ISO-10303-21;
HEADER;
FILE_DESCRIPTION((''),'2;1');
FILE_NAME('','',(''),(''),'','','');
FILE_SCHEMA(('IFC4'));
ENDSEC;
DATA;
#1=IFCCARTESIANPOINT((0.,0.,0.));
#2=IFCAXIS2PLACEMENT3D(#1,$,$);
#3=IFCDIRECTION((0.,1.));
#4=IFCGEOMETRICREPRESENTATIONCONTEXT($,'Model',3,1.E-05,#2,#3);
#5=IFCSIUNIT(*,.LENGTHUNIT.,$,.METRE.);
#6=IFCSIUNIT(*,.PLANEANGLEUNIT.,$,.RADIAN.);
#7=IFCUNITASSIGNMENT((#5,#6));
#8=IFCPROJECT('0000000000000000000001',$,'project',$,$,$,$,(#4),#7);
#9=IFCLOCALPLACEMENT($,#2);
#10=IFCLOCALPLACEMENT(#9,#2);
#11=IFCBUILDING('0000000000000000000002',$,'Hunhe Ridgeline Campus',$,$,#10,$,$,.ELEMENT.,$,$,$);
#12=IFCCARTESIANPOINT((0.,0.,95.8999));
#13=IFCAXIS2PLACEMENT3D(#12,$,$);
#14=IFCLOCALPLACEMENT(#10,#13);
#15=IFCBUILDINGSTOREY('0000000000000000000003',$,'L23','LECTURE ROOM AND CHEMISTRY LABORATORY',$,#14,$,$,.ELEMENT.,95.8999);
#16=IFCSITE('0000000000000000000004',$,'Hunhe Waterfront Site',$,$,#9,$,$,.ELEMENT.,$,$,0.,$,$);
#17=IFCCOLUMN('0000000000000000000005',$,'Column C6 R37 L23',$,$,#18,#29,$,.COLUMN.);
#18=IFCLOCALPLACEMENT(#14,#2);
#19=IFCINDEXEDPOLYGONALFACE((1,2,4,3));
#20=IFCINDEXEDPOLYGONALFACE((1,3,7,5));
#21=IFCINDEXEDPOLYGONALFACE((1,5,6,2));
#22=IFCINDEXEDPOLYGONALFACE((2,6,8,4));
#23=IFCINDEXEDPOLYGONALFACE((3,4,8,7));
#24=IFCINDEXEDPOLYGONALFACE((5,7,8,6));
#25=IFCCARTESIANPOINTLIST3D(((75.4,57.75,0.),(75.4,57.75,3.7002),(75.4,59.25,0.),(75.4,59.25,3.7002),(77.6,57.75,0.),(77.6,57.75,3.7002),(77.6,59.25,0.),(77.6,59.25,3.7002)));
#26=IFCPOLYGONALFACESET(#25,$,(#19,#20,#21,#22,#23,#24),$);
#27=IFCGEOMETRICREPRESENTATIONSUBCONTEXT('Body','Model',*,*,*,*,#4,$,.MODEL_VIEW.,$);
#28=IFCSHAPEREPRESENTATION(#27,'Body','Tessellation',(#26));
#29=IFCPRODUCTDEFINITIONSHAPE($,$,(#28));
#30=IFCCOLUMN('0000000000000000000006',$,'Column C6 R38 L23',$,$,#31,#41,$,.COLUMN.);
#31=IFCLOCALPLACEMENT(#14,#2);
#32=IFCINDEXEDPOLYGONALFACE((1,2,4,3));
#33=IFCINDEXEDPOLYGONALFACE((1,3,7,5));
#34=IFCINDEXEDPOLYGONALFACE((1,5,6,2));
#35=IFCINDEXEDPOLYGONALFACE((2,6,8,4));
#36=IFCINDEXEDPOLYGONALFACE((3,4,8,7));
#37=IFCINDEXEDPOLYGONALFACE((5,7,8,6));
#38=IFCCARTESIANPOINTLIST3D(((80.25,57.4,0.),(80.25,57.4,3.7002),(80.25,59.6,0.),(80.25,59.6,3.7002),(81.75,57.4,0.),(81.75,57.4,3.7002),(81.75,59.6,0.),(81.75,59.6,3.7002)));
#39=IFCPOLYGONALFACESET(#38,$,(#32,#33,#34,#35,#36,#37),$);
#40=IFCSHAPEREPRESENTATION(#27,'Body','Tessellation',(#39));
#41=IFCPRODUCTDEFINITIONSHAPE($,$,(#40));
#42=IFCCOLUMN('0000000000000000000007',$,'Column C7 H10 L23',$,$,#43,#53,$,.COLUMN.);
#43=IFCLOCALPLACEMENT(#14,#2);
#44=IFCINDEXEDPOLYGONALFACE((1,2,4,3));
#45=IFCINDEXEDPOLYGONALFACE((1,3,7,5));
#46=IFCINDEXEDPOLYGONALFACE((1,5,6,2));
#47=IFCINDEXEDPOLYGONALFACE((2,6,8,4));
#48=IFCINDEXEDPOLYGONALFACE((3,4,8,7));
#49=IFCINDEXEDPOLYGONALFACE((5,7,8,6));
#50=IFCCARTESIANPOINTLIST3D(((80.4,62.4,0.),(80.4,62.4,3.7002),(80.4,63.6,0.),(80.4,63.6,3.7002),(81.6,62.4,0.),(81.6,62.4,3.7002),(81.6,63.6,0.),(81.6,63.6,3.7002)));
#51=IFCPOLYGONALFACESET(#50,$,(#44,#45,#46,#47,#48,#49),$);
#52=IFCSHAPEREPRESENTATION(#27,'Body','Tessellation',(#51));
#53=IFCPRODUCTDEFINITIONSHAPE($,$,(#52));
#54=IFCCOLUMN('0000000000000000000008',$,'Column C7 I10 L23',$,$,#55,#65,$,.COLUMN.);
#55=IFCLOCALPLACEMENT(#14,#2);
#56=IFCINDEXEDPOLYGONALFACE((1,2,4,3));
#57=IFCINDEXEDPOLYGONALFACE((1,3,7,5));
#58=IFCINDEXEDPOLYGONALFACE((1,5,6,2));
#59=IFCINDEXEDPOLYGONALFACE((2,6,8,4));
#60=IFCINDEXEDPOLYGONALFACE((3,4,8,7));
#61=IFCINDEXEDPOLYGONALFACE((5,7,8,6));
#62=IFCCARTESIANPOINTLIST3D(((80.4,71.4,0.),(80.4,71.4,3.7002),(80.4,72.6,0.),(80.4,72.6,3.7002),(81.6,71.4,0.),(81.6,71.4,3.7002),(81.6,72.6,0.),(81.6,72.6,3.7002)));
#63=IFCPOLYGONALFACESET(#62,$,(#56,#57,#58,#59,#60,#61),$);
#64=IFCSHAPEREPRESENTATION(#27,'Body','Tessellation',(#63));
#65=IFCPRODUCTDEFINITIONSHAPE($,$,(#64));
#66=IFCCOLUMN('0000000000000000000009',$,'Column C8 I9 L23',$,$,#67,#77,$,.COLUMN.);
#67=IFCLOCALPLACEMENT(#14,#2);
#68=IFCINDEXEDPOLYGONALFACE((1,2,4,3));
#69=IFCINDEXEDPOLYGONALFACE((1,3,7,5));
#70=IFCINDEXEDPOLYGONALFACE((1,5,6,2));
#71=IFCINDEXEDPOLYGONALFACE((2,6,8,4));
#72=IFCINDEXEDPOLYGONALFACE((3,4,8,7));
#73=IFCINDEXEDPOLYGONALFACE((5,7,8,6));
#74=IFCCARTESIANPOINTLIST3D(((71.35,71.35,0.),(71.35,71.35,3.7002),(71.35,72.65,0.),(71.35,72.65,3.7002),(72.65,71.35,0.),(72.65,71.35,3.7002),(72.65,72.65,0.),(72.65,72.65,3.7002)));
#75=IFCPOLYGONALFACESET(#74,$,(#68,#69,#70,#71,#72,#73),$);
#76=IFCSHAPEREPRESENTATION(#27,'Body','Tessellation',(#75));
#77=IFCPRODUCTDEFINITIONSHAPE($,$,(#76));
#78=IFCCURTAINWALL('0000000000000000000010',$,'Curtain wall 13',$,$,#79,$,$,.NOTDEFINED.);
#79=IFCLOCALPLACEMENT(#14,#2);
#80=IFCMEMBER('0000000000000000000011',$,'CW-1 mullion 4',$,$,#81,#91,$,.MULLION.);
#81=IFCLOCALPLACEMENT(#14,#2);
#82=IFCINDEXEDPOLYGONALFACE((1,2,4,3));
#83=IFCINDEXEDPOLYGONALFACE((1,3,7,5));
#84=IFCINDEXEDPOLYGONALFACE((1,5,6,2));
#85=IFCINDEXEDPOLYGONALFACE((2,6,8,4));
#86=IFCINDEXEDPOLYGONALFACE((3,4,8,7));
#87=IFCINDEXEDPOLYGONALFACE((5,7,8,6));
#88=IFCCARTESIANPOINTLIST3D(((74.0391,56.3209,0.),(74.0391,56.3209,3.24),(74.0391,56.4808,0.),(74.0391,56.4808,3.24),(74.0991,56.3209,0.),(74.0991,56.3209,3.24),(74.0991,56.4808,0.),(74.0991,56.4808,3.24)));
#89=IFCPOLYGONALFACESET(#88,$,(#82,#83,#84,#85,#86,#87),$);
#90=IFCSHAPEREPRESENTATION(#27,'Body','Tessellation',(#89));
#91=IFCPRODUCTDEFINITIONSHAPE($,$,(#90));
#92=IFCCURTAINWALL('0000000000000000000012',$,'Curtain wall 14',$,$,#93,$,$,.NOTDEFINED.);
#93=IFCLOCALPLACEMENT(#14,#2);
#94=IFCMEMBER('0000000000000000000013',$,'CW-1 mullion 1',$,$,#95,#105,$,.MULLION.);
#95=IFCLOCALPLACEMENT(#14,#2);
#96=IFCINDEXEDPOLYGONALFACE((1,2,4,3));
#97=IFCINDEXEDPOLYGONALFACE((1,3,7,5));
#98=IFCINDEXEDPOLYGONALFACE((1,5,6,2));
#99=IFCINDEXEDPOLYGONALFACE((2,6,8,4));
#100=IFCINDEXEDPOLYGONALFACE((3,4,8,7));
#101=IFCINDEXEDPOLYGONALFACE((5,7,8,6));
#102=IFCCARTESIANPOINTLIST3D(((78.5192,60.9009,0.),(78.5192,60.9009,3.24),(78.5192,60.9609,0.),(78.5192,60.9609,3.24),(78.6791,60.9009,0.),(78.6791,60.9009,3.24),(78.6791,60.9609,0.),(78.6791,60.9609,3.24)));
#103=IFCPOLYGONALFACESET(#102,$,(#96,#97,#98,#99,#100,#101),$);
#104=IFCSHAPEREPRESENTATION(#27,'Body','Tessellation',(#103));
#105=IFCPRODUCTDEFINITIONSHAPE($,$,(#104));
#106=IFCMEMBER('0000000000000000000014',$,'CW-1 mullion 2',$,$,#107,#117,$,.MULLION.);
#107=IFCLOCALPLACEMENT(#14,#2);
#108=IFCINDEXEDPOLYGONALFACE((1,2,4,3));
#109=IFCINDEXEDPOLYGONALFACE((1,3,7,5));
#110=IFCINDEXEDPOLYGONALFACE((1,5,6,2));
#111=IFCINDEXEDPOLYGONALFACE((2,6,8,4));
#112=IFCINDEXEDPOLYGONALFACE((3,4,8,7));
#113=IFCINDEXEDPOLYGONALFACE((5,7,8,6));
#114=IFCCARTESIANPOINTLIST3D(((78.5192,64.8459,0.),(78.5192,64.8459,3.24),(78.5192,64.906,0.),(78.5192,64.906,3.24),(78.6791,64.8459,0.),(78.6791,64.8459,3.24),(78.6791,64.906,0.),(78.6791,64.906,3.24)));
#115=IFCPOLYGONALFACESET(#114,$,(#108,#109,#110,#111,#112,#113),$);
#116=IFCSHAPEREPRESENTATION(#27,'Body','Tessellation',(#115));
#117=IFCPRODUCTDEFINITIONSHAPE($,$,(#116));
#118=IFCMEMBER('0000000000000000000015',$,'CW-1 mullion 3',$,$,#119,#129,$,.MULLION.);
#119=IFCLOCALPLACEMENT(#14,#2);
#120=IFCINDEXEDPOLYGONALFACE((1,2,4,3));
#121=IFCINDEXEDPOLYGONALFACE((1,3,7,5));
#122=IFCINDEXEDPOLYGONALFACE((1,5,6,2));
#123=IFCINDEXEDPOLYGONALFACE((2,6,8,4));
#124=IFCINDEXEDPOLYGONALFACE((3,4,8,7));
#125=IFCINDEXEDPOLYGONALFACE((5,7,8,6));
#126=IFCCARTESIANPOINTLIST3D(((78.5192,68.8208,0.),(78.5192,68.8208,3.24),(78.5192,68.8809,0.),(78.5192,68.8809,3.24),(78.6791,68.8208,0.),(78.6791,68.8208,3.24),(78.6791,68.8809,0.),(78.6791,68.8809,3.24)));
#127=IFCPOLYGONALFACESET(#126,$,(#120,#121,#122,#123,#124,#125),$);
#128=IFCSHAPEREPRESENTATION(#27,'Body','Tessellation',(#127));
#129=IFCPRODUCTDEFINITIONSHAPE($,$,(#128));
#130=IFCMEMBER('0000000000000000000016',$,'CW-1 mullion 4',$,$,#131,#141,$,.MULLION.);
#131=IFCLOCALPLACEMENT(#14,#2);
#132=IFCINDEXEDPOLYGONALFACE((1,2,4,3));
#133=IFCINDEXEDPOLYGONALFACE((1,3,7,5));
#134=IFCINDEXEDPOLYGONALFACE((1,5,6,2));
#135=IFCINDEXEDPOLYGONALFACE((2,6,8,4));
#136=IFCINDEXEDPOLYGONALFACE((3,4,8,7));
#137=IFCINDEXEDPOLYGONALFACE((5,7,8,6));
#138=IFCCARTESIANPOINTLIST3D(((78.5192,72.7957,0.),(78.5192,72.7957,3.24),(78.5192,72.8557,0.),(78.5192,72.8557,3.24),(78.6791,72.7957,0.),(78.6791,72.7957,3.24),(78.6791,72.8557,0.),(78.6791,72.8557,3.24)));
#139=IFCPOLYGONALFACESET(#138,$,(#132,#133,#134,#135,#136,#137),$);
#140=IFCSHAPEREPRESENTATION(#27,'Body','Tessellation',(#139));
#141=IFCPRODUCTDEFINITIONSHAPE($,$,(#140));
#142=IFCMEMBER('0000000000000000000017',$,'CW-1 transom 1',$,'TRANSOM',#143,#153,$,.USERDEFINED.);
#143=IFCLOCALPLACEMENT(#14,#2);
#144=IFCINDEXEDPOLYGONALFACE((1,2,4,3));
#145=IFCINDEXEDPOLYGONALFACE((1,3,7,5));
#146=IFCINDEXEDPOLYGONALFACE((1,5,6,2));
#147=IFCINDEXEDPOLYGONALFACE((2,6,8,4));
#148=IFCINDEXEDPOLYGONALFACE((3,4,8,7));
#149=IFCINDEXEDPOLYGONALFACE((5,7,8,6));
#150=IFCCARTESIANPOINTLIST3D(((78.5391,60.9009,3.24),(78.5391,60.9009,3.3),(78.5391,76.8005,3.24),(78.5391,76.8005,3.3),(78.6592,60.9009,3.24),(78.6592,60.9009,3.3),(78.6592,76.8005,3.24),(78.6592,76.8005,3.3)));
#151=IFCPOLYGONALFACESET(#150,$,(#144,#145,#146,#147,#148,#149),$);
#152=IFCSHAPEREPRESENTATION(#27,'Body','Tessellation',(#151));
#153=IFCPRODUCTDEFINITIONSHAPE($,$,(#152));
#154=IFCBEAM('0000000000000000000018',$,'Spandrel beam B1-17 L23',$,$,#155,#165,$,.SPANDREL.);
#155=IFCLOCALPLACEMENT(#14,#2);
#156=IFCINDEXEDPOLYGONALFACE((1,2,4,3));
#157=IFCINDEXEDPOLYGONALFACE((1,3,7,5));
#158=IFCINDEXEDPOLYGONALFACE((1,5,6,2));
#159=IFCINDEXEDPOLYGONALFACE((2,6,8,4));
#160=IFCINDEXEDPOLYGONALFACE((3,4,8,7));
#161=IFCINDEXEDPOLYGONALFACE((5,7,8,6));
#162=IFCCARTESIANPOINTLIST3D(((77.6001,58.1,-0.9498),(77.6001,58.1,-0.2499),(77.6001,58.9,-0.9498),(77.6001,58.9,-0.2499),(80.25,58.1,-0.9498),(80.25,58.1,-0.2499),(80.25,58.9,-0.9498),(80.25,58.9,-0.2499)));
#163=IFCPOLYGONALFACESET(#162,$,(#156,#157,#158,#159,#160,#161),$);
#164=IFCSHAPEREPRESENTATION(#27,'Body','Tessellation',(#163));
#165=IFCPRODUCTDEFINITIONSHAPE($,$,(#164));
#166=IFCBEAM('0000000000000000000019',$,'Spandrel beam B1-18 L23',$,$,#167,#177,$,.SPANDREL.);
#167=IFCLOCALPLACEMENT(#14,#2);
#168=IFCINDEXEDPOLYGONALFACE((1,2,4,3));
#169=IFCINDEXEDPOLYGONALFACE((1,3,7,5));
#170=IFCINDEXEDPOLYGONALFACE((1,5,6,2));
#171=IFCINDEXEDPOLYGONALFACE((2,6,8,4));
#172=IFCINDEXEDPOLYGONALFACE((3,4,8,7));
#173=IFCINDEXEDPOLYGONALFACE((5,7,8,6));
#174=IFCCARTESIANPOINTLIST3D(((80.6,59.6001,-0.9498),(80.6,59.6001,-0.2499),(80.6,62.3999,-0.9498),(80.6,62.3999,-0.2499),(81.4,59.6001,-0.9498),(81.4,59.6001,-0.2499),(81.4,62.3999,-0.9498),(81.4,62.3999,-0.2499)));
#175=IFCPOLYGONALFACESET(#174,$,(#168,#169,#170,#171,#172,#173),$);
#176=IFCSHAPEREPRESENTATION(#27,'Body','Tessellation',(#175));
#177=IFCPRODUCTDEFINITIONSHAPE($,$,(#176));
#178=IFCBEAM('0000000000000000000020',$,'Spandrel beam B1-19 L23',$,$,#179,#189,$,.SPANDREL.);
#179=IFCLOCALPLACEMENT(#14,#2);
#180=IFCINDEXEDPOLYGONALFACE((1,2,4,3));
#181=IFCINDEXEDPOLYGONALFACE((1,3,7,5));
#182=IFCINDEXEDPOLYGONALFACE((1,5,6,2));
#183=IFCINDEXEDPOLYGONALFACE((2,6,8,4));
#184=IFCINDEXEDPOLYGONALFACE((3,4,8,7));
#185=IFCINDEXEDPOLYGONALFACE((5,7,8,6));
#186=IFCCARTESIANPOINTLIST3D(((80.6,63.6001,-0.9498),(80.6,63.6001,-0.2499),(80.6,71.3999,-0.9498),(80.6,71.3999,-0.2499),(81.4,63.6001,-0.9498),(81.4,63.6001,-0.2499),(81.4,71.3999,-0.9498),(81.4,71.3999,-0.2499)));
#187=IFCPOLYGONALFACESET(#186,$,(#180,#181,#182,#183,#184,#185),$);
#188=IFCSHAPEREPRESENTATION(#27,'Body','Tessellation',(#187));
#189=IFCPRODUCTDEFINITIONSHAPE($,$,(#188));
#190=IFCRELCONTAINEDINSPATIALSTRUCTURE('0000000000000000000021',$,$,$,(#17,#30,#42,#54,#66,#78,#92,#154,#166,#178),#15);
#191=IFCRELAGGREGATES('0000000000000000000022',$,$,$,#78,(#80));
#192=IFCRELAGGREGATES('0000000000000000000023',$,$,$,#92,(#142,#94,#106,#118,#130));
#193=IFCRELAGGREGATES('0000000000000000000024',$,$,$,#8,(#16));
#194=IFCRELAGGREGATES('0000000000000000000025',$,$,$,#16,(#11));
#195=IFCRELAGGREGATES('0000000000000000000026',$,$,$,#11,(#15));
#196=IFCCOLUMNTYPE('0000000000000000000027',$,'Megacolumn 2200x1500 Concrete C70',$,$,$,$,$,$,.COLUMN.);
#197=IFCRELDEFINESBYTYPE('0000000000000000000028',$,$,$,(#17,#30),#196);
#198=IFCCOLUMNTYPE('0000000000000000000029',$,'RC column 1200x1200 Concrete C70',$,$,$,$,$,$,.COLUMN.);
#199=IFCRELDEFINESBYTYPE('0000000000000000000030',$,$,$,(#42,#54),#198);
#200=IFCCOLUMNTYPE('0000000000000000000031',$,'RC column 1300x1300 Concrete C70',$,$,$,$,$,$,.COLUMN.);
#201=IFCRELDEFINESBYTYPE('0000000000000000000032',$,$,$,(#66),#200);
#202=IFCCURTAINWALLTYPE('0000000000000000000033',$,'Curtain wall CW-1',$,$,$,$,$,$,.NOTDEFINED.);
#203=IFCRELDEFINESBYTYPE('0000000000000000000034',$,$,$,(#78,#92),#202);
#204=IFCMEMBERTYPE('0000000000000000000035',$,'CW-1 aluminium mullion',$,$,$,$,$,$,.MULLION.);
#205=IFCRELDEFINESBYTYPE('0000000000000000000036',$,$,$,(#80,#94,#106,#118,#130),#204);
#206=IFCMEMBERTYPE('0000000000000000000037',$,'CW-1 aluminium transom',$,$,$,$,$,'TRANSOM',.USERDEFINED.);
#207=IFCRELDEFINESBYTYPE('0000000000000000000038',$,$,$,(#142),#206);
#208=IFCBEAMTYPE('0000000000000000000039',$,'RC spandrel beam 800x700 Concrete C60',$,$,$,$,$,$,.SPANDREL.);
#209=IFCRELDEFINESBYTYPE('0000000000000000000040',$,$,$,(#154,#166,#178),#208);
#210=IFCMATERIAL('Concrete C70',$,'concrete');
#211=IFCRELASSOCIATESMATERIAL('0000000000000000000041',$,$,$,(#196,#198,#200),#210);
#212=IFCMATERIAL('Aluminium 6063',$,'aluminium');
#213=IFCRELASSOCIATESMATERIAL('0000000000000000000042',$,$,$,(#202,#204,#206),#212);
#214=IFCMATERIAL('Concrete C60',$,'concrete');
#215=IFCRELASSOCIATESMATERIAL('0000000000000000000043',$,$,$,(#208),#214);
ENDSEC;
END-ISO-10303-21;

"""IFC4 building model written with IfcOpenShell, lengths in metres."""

from ifc_helpers import new_model, si_unit, direction, frame, origin, origin_2d, place, context, subcontext, project, spatial, rectangle, extrude, material, material_profile, profile_set, type_object, element, aggregate, save


model = new_model("IFC4")

# Units and contexts
model_context = context("Model", 3, precision=1e-05, world=origin(), true_north=direction((0.0, 1.0)))
body_context = subcontext(model_context, "Body", "Model", "MODEL_VIEW")
ifc_project = project(units=[si_unit("LENGTHUNIT", "METRE"), si_unit("PLANEANGLEUNIT", "RADIAN")], contexts=[model_context])

# Site, building, storey
site_placement = place(None, origin())
site = spatial("IfcSite", under=ifc_project, at=site_placement, Name="Hunhe Waterfront Site", CompositionType="ELEMENT", RefElevation=0.0)
building_placement = place(site_placement, origin())
building = spatial("IfcBuilding", under=site, at=building_placement, Name="Hunhe Ridgeline Campus", CompositionType="ELEMENT")
storey_placement = place(building_placement, frame((0.0, 0.0, 95.8999)))
storey = spatial("IfcBuildingStorey", under=building, at=storey_placement, Name="L23", Description="LECTURE ROOM AND CHEMISTRY LABORATORY", CompositionType="ELEMENT", Elevation=95.8999)

# Columns
ifc_material_1 = material(Name="Concrete C70", Category="concrete")
ifc_material_profile_1 = material_profile(ifc_material_1, rectangle(XDim=2.2, YDim=1.5, at=origin_2d()))
ifc_profile_set_1 = profile_set([ifc_material_profile_1], Name="Concrete C70")
column_type_1 = type_object("IfcColumnType", Name="Megacolumn 2200x1500 Concrete C70", PredefinedType="COLUMN", material=ifc_profile_set_1)
for number, where, z_axis, x_axis, name in (
    (1, (76.5, 58.5, 0.0), (0.0, 0.0, 1.0), (1.0, 0.0, 0.0), "Column C6 R37 L23"),
    (2, (81.0, 58.5, 0.0), (0.0, 0.0, 1.0), (0.0, 1.0, 0.0), "Column C6 R38 L23"),
):
    element("IfcColumn", number, at=place(storey_placement, frame(where, z_axis=z_axis, x_axis=x_axis)), inside=storey, type_object=column_type_1, Name=name, PredefinedType="COLUMN", context=body_context, shape_type="SweptSolid", body=[
        extrude(rectangle(XDim=2.2, YDim=1.5, at=origin_2d()), origin(), (0.0, 0.0, 1.0), 3.7002),
    ])
ifc_material_profile_2 = material_profile(ifc_material_1, rectangle(XDim=1.2, YDim=1.2, at=origin_2d()))
ifc_profile_set_2 = profile_set([ifc_material_profile_2], Name="Concrete C70")
column_type_2 = type_object("IfcColumnType", Name="RC column 1200x1200 Concrete C70", PredefinedType="COLUMN", material=ifc_profile_set_2)
for number, where, z_axis, x_axis, name in (
    (3, (81.0, 63.0, 0.0), (0.0, 0.0, 1.0), (1.0, 0.0, 0.0), "Column C7 H10 L23"),
    (4, (81.0, 72.0, 0.0), (0.0, 0.0, 1.0), (1.0, 0.0, 0.0), "Column C7 I10 L23"),
):
    element("IfcColumn", number, at=place(storey_placement, frame(where, z_axis=z_axis, x_axis=x_axis)), inside=storey, type_object=column_type_2, Name=name, PredefinedType="COLUMN", context=body_context, shape_type="SweptSolid", body=[
        extrude(rectangle(XDim=1.2, YDim=1.2, at=origin_2d()), origin(), (0.0, 0.0, 1.0), 3.7002),
    ])
ifc_material_profile_3 = material_profile(ifc_material_1, rectangle(XDim=1.3, YDim=1.3, at=origin_2d()))
ifc_profile_set_3 = profile_set([ifc_material_profile_3], Name="Concrete C70")
column_type_3 = type_object("IfcColumnType", Name="RC column 1300x1300 Concrete C70", PredefinedType="COLUMN", material=ifc_profile_set_3)
column_placement = place(storey_placement, frame((72.0, 72.0, 0.0), z_axis=(0.0, 0.0, 1.0), x_axis=(1.0, 0.0, 0.0)))
element("IfcColumn", 5, at=column_placement, inside=storey, type_object=column_type_3, Name="Column C8 I9 L23", PredefinedType="COLUMN", context=body_context, shape_type="SweptSolid", body=[
    extrude(rectangle(XDim=1.3, YDim=1.3, at=origin_2d()), origin(), (0.0, 0.0, 1.0), 3.7002),
])

# Curtain wall, member
ifc_material_2 = material(Name="Aluminium 6063", Category="aluminium")
curtain_wall_type = type_object("IfcCurtainWallType", Name="Curtain wall CW-1", PredefinedType="NOTDEFINED", material=ifc_material_2)
curtain_wall_1_placement = place(storey_placement, origin())
curtain_wall_1 = element("IfcCurtainWall", 6, at=curtain_wall_1_placement, inside=storey, type_object=curtain_wall_type, Name="Curtain wall 13", PredefinedType="NOTDEFINED")
ifc_material_profile_4 = material_profile(ifc_material_2, rectangle(XDim=0.1599, YDim=0.0601, at=origin_2d()))
ifc_profile_set_4 = profile_set([ifc_material_profile_4], Name="Aluminium 6063")
member_type_1 = type_object("IfcMemberType", Name="CW-1 aluminium mullion", PredefinedType="MULLION", material=ifc_profile_set_4)
member_1_placement = place(storey_placement, frame((74.0691, 56.4009, 0.0), z_axis=(0.0, 0.0, 1.0), x_axis=(0.0, 1.0, 0.0)))
member_1 = element("IfcMember", 7, at=member_1_placement, type_object=member_type_1, Name="CW-1 mullion 4", PredefinedType="MULLION", context=body_context, shape_type="SweptSolid", body=[
    extrude(rectangle(XDim=0.1599, YDim=0.0601, at=origin_2d()), origin(), (0.0, 0.0, 1.0), 3.24),
])
aggregate(curtain_wall_1, [member_1])

# Curtain wall, members
curtain_wall_2_placement = place(storey_placement, origin())
curtain_wall_2 = element("IfcCurtainWall", 8, at=curtain_wall_2_placement, inside=storey, type_object=curtain_wall_type, Name="Curtain wall 14", PredefinedType="NOTDEFINED")
member_2_placement = place(storey_placement, frame((78.5991, 60.9309, 0.0), z_axis=(0.0, 0.0, 1.0), x_axis=(-1.0, 0.0, 0.0)))
member_2 = element("IfcMember", 9, at=member_2_placement, type_object=member_type_1, Name="CW-1 mullion 1", PredefinedType="MULLION", context=body_context, shape_type="SweptSolid", body=[
    extrude(rectangle(XDim=0.1599, YDim=0.0601, at=origin_2d()), origin(), (0.0, 0.0, 1.0), 3.24),
])
member_3_placement = place(storey_placement, frame((78.5991, 64.876, 0.0), z_axis=(0.0, 0.0, 1.0), x_axis=(-1.0, 0.0, 0.0)))
member_3 = element("IfcMember", 10, at=member_3_placement, type_object=member_type_1, Name="CW-1 mullion 2", PredefinedType="MULLION", context=body_context, shape_type="SweptSolid", body=[
    extrude(rectangle(XDim=0.1599, YDim=0.0601, at=origin_2d()), origin(), (0.0, 0.0, 1.0), 3.24),
])
member_4_placement = place(storey_placement, frame((78.5991, 68.8508, 0.0), z_axis=(0.0, 0.0, 1.0), x_axis=(-1.0, 0.0, 0.0)))
member_4 = element("IfcMember", 11, at=member_4_placement, type_object=member_type_1, Name="CW-1 mullion 3", PredefinedType="MULLION", context=body_context, shape_type="SweptSolid", body=[
    extrude(rectangle(XDim=0.1599, YDim=0.0601, at=origin_2d()), origin(), (0.0, 0.0, 1.0), 3.24),
])
member_5_placement = place(storey_placement, frame((78.5991, 72.8257, 0.0), z_axis=(0.0, 0.0, 1.0), x_axis=(-1.0, 0.0, 0.0)))
member_5 = element("IfcMember", 12, at=member_5_placement, type_object=member_type_1, Name="CW-1 mullion 4", PredefinedType="MULLION", context=body_context, shape_type="SweptSolid", body=[
    extrude(rectangle(XDim=0.1599, YDim=0.0601, at=origin_2d()), origin(), (0.0, 0.0, 1.0), 3.24),
])
ifc_material_profile_5 = material_profile(ifc_material_2, rectangle(XDim=0.1201, YDim=0.0601, at=origin_2d()))
ifc_profile_set_5 = profile_set([ifc_material_profile_5], Name="Aluminium 6063")
member_type_2 = type_object("IfcMemberType", Name="CW-1 aluminium transom", ElementType="TRANSOM", PredefinedType="USERDEFINED", material=ifc_profile_set_5)
member_6_placement = place(storey_placement, frame((78.5991, 60.9009, 3.27), z_axis=(0.0, 1.0, 0.0), x_axis=(-1.0, 0.0, 0.0)))
member_6 = element("IfcMember", 13, at=member_6_placement, type_object=member_type_2, Name="CW-1 transom 1", ObjectType="TRANSOM", PredefinedType="USERDEFINED", context=body_context, shape_type="SweptSolid", body=[
    extrude(rectangle(XDim=0.1201, YDim=0.0601, at=origin_2d()), origin(), (0.0, 0.0, 1.0), 15.8997),
])

# Beams
ifc_material_3 = material(Name="Concrete C60", Category="concrete")
ifc_material_profile_6 = material_profile(ifc_material_3, rectangle(XDim=0.8, YDim=0.7, at=origin_2d()))
ifc_profile_set_6 = profile_set([ifc_material_profile_6], Name="Concrete C60")
beam_type = type_object("IfcBeamType", Name="RC spandrel beam 800x700 Concrete C60", PredefinedType="SPANDREL", material=ifc_profile_set_6)
beam_1_placement = place(storey_placement, frame((77.6001, 58.5, -0.5999), z_axis=(1.0, 0.0, 0.0), x_axis=(0.0, 1.0, 0.0)))
element("IfcBeam", 14, at=beam_1_placement, inside=storey, type_object=beam_type, Name="Spandrel beam B1-17 L23", PredefinedType="SPANDREL", context=body_context, shape_type="SweptSolid", body=[
    extrude(rectangle(XDim=0.8, YDim=0.7, at=origin_2d()), origin(), (0.0, 0.0, 1.0), 2.6499),
])
beam_2_placement = place(storey_placement, frame((81.0, 59.6001, -0.5999), z_axis=(0.0, 1.0, 0.0), x_axis=(-1.0, 0.0, 0.0)))
element("IfcBeam", 15, at=beam_2_placement, inside=storey, type_object=beam_type, Name="Spandrel beam B1-18 L23", PredefinedType="SPANDREL", context=body_context, shape_type="SweptSolid", body=[
    extrude(rectangle(XDim=0.8, YDim=0.7, at=origin_2d()), origin(), (0.0, 0.0, 1.0), 2.7998),
])
for number, where, z_axis, x_axis, name in (
    (16, (81.0, 63.6001, -0.5999), (0.0, 1.0, 0.0), (-1.0, 0.0, 0.0), "Spandrel beam B1-19 L23"),
):
    element("IfcBeam", number, at=place(storey_placement, frame(where, z_axis=z_axis, x_axis=x_axis)), inside=storey, type_object=beam_type, Name=name, PredefinedType="SPANDREL", context=body_context, shape_type="SweptSolid", body=[
        extrude(rectangle(XDim=0.8, YDim=0.7, at=origin_2d()), origin(), (0.0, 0.0, 1.0), 7.7998),
    ])

aggregate(curtain_wall_2, [member_6, member_2, member_3, member_4, member_5])

save(model, "model.ifc")
